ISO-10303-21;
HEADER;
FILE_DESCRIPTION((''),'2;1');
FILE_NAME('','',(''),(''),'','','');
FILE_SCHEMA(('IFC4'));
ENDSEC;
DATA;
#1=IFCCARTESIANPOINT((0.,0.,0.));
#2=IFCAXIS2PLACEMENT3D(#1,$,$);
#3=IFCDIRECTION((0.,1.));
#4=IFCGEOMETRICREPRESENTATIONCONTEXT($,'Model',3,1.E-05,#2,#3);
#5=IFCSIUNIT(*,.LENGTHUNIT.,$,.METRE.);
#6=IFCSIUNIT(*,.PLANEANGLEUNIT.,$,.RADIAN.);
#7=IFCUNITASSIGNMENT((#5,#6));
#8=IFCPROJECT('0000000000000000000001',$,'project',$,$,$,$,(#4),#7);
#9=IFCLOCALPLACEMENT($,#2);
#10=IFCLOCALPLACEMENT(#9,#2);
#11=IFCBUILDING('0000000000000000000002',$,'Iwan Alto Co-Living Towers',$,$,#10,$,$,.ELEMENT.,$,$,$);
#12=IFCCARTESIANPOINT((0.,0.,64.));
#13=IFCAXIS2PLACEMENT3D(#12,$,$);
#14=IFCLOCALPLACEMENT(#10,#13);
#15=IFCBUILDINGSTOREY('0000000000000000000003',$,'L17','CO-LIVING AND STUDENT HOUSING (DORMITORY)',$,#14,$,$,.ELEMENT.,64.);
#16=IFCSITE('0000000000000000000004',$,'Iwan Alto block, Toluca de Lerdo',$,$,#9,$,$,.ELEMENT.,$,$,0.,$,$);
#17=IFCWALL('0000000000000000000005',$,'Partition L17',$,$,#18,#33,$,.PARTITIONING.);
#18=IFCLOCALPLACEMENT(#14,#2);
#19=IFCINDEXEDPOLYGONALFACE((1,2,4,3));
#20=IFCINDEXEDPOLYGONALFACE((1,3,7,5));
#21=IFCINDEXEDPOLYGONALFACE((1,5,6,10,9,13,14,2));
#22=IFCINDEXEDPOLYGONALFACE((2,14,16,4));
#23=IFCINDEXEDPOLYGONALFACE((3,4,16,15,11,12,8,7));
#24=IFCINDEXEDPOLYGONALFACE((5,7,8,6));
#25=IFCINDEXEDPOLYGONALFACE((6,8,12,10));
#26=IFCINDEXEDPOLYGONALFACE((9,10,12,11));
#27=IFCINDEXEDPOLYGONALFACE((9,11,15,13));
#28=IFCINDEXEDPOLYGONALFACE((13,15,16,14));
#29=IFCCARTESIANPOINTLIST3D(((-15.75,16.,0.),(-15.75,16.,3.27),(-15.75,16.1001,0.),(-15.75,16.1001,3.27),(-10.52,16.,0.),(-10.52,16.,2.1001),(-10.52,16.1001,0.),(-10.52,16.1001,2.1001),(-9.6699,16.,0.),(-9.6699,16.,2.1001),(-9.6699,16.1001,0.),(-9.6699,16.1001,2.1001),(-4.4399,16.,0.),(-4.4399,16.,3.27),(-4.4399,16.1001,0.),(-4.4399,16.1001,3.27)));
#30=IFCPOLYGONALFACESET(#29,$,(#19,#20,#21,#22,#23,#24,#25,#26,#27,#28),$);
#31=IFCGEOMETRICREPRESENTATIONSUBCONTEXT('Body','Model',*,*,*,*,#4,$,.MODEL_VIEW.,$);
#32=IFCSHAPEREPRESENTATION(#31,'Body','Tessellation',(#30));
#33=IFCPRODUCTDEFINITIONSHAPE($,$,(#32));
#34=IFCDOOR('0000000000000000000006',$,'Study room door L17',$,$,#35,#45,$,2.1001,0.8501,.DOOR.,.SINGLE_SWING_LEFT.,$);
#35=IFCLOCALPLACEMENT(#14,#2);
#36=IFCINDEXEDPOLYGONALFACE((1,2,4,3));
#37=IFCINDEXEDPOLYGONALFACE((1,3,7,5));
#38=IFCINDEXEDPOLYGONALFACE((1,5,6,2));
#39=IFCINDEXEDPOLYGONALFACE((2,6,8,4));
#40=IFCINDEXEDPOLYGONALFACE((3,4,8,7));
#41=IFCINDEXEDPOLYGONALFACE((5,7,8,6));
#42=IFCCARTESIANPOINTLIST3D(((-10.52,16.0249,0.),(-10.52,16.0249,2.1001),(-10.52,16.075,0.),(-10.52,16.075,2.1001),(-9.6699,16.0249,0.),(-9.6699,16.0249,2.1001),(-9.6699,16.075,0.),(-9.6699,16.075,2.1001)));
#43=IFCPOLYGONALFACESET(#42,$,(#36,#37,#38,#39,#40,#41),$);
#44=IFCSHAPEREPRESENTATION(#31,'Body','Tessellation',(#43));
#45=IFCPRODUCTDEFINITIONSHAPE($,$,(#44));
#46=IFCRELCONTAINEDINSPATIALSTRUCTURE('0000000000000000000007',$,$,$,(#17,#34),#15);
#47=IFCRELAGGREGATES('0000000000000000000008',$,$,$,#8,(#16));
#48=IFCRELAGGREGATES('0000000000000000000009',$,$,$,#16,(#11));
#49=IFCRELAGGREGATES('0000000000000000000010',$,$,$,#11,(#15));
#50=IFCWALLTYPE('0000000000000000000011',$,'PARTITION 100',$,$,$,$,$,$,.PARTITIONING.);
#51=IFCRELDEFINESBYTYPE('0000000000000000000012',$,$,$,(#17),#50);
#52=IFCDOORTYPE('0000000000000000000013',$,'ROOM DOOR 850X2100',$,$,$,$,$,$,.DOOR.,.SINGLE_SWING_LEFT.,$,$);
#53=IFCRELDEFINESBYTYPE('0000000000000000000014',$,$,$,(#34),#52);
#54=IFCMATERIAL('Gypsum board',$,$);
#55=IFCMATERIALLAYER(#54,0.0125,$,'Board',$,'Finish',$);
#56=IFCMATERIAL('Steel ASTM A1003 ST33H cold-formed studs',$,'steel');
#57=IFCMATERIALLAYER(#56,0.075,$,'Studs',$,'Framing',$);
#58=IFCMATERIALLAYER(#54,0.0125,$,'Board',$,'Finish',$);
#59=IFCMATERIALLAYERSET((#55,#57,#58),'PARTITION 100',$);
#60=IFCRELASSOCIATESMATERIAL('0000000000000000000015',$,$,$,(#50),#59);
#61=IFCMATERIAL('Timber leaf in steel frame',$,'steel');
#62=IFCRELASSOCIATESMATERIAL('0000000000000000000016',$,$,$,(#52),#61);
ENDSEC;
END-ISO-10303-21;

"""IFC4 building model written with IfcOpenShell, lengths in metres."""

from ifc_helpers import new_model, si_unit, direction, frame, frame_2d, origin, place, context, subcontext, project, spatial, rectangle, extrude, material, layer, layer_set, type_object, element, fill, save


model = new_model("IFC4")

# Units and contexts
model_context = context("Model", 3, precision=1e-05, world=origin(), true_north=direction((0.0, 1.0)))
body_context = subcontext(model_context, "Body", "Model", "MODEL_VIEW")
ifc_project = project(units=[si_unit("LENGTHUNIT", "METRE"), si_unit("PLANEANGLEUNIT", "RADIAN")], contexts=[model_context])

# Site, building, storey
site_placement = place(None, origin())
site = spatial("IfcSite", under=ifc_project, at=site_placement, Name="Iwan Alto block, Toluca de Lerdo", CompositionType="ELEMENT", RefElevation=0.0)
building_placement = place(site_placement, origin())
building = spatial("IfcBuilding", under=site, at=building_placement, Name="Iwan Alto Co-Living Towers", CompositionType="ELEMENT")
storey_placement = place(building_placement, frame((0.0, 0.0, 64.0)))
storey = spatial("IfcBuildingStorey", under=building, at=storey_placement, Name="L17", Description="CO-LIVING AND STUDENT HOUSING (DORMITORY)", CompositionType="ELEMENT", Elevation=64.0)

# Wall, opening, door
ifc_material_1 = material(Name="Gypsum board")
ifc_layer_1 = layer(ifc_material_1, 0.0125, Name="Board", Category="Finish")
ifc_material_2 = material(Name="Steel ASTM A1003 ST33H cold-formed studs", Category="steel")
ifc_layer_2 = layer(ifc_material_2, 0.075, Name="Studs", Category="Framing")
ifc_layer_3 = layer(ifc_material_1, 0.0125, Name="Board", Category="Finish")
ifc_layer_set_1 = layer_set([ifc_layer_1, ifc_layer_2, ifc_layer_3], Name="PARTITION 100")
wall_type = type_object("IfcWallType", Name="PARTITION 100", PredefinedType="PARTITIONING", material=ifc_layer_set_1)
wall_placement = place(storey_placement, frame((-15.75, 16.05, 0.0), z_axis=(0.0, 0.0, 1.0), x_axis=(1.0, 0.0, 0.0)))
wall = element("IfcWall", 1, at=wall_placement, inside=storey, type_object=wall_type, Name="Partition L17", PredefinedType="PARTITIONING", context=body_context, shape_type="SweptSolid", body=[
    extrude(rectangle(XDim=11.3101, YDim=0.1001, at=frame_2d((5.655, 0.0))), origin(), (0.0, 0.0, 1.0), 3.27),
])
opening_placement = place(wall_placement, frame((5.23, 0.0, 0.0)))
opening = element("IfcOpeningElement", 2, at=opening_placement, cuts=wall, PredefinedType="OPENING", context=body_context, shape_type="SweptSolid", body=[
    extrude(rectangle(XDim=0.8501, YDim=2.1001, at=frame_2d((0.425, 1.05))), frame((0.0, 0.0601, 0.0), z_axis=(0.0, -1.0, 0.0), x_axis=(1.0, 0.0, 0.0)), (0.0, 0.0, 1.0), 0.1201),
])
ifc_material_3 = material(Name="Timber leaf in steel frame", Category="steel")
door_type = type_object("IfcDoorType", Name="ROOM DOOR 850X2100", OperationType="SINGLE_SWING_LEFT", PredefinedType="DOOR", material=ifc_material_3)
door_placement = place(opening_placement, origin())
door = element("IfcDoor", 3, at=door_placement, inside=storey, type_object=door_type, Name="Study room door L17", OperationType="SINGLE_SWING_LEFT", OverallHeight=2.1001, OverallWidth=0.8501, PredefinedType="DOOR", context=body_context, shape_type="SweptSolid", body=[
    extrude(rectangle(XDim=0.8501, YDim=2.1001, at=frame_2d((0.425, 1.05))), frame((0.0, 0.0249, 0.0), z_axis=(0.0, -1.0, 0.0), x_axis=(1.0, 0.0, 0.0)), (0.0, 0.0, 1.0), 0.05),
])
fill(opening, door)

save(model, "model.ifc")
